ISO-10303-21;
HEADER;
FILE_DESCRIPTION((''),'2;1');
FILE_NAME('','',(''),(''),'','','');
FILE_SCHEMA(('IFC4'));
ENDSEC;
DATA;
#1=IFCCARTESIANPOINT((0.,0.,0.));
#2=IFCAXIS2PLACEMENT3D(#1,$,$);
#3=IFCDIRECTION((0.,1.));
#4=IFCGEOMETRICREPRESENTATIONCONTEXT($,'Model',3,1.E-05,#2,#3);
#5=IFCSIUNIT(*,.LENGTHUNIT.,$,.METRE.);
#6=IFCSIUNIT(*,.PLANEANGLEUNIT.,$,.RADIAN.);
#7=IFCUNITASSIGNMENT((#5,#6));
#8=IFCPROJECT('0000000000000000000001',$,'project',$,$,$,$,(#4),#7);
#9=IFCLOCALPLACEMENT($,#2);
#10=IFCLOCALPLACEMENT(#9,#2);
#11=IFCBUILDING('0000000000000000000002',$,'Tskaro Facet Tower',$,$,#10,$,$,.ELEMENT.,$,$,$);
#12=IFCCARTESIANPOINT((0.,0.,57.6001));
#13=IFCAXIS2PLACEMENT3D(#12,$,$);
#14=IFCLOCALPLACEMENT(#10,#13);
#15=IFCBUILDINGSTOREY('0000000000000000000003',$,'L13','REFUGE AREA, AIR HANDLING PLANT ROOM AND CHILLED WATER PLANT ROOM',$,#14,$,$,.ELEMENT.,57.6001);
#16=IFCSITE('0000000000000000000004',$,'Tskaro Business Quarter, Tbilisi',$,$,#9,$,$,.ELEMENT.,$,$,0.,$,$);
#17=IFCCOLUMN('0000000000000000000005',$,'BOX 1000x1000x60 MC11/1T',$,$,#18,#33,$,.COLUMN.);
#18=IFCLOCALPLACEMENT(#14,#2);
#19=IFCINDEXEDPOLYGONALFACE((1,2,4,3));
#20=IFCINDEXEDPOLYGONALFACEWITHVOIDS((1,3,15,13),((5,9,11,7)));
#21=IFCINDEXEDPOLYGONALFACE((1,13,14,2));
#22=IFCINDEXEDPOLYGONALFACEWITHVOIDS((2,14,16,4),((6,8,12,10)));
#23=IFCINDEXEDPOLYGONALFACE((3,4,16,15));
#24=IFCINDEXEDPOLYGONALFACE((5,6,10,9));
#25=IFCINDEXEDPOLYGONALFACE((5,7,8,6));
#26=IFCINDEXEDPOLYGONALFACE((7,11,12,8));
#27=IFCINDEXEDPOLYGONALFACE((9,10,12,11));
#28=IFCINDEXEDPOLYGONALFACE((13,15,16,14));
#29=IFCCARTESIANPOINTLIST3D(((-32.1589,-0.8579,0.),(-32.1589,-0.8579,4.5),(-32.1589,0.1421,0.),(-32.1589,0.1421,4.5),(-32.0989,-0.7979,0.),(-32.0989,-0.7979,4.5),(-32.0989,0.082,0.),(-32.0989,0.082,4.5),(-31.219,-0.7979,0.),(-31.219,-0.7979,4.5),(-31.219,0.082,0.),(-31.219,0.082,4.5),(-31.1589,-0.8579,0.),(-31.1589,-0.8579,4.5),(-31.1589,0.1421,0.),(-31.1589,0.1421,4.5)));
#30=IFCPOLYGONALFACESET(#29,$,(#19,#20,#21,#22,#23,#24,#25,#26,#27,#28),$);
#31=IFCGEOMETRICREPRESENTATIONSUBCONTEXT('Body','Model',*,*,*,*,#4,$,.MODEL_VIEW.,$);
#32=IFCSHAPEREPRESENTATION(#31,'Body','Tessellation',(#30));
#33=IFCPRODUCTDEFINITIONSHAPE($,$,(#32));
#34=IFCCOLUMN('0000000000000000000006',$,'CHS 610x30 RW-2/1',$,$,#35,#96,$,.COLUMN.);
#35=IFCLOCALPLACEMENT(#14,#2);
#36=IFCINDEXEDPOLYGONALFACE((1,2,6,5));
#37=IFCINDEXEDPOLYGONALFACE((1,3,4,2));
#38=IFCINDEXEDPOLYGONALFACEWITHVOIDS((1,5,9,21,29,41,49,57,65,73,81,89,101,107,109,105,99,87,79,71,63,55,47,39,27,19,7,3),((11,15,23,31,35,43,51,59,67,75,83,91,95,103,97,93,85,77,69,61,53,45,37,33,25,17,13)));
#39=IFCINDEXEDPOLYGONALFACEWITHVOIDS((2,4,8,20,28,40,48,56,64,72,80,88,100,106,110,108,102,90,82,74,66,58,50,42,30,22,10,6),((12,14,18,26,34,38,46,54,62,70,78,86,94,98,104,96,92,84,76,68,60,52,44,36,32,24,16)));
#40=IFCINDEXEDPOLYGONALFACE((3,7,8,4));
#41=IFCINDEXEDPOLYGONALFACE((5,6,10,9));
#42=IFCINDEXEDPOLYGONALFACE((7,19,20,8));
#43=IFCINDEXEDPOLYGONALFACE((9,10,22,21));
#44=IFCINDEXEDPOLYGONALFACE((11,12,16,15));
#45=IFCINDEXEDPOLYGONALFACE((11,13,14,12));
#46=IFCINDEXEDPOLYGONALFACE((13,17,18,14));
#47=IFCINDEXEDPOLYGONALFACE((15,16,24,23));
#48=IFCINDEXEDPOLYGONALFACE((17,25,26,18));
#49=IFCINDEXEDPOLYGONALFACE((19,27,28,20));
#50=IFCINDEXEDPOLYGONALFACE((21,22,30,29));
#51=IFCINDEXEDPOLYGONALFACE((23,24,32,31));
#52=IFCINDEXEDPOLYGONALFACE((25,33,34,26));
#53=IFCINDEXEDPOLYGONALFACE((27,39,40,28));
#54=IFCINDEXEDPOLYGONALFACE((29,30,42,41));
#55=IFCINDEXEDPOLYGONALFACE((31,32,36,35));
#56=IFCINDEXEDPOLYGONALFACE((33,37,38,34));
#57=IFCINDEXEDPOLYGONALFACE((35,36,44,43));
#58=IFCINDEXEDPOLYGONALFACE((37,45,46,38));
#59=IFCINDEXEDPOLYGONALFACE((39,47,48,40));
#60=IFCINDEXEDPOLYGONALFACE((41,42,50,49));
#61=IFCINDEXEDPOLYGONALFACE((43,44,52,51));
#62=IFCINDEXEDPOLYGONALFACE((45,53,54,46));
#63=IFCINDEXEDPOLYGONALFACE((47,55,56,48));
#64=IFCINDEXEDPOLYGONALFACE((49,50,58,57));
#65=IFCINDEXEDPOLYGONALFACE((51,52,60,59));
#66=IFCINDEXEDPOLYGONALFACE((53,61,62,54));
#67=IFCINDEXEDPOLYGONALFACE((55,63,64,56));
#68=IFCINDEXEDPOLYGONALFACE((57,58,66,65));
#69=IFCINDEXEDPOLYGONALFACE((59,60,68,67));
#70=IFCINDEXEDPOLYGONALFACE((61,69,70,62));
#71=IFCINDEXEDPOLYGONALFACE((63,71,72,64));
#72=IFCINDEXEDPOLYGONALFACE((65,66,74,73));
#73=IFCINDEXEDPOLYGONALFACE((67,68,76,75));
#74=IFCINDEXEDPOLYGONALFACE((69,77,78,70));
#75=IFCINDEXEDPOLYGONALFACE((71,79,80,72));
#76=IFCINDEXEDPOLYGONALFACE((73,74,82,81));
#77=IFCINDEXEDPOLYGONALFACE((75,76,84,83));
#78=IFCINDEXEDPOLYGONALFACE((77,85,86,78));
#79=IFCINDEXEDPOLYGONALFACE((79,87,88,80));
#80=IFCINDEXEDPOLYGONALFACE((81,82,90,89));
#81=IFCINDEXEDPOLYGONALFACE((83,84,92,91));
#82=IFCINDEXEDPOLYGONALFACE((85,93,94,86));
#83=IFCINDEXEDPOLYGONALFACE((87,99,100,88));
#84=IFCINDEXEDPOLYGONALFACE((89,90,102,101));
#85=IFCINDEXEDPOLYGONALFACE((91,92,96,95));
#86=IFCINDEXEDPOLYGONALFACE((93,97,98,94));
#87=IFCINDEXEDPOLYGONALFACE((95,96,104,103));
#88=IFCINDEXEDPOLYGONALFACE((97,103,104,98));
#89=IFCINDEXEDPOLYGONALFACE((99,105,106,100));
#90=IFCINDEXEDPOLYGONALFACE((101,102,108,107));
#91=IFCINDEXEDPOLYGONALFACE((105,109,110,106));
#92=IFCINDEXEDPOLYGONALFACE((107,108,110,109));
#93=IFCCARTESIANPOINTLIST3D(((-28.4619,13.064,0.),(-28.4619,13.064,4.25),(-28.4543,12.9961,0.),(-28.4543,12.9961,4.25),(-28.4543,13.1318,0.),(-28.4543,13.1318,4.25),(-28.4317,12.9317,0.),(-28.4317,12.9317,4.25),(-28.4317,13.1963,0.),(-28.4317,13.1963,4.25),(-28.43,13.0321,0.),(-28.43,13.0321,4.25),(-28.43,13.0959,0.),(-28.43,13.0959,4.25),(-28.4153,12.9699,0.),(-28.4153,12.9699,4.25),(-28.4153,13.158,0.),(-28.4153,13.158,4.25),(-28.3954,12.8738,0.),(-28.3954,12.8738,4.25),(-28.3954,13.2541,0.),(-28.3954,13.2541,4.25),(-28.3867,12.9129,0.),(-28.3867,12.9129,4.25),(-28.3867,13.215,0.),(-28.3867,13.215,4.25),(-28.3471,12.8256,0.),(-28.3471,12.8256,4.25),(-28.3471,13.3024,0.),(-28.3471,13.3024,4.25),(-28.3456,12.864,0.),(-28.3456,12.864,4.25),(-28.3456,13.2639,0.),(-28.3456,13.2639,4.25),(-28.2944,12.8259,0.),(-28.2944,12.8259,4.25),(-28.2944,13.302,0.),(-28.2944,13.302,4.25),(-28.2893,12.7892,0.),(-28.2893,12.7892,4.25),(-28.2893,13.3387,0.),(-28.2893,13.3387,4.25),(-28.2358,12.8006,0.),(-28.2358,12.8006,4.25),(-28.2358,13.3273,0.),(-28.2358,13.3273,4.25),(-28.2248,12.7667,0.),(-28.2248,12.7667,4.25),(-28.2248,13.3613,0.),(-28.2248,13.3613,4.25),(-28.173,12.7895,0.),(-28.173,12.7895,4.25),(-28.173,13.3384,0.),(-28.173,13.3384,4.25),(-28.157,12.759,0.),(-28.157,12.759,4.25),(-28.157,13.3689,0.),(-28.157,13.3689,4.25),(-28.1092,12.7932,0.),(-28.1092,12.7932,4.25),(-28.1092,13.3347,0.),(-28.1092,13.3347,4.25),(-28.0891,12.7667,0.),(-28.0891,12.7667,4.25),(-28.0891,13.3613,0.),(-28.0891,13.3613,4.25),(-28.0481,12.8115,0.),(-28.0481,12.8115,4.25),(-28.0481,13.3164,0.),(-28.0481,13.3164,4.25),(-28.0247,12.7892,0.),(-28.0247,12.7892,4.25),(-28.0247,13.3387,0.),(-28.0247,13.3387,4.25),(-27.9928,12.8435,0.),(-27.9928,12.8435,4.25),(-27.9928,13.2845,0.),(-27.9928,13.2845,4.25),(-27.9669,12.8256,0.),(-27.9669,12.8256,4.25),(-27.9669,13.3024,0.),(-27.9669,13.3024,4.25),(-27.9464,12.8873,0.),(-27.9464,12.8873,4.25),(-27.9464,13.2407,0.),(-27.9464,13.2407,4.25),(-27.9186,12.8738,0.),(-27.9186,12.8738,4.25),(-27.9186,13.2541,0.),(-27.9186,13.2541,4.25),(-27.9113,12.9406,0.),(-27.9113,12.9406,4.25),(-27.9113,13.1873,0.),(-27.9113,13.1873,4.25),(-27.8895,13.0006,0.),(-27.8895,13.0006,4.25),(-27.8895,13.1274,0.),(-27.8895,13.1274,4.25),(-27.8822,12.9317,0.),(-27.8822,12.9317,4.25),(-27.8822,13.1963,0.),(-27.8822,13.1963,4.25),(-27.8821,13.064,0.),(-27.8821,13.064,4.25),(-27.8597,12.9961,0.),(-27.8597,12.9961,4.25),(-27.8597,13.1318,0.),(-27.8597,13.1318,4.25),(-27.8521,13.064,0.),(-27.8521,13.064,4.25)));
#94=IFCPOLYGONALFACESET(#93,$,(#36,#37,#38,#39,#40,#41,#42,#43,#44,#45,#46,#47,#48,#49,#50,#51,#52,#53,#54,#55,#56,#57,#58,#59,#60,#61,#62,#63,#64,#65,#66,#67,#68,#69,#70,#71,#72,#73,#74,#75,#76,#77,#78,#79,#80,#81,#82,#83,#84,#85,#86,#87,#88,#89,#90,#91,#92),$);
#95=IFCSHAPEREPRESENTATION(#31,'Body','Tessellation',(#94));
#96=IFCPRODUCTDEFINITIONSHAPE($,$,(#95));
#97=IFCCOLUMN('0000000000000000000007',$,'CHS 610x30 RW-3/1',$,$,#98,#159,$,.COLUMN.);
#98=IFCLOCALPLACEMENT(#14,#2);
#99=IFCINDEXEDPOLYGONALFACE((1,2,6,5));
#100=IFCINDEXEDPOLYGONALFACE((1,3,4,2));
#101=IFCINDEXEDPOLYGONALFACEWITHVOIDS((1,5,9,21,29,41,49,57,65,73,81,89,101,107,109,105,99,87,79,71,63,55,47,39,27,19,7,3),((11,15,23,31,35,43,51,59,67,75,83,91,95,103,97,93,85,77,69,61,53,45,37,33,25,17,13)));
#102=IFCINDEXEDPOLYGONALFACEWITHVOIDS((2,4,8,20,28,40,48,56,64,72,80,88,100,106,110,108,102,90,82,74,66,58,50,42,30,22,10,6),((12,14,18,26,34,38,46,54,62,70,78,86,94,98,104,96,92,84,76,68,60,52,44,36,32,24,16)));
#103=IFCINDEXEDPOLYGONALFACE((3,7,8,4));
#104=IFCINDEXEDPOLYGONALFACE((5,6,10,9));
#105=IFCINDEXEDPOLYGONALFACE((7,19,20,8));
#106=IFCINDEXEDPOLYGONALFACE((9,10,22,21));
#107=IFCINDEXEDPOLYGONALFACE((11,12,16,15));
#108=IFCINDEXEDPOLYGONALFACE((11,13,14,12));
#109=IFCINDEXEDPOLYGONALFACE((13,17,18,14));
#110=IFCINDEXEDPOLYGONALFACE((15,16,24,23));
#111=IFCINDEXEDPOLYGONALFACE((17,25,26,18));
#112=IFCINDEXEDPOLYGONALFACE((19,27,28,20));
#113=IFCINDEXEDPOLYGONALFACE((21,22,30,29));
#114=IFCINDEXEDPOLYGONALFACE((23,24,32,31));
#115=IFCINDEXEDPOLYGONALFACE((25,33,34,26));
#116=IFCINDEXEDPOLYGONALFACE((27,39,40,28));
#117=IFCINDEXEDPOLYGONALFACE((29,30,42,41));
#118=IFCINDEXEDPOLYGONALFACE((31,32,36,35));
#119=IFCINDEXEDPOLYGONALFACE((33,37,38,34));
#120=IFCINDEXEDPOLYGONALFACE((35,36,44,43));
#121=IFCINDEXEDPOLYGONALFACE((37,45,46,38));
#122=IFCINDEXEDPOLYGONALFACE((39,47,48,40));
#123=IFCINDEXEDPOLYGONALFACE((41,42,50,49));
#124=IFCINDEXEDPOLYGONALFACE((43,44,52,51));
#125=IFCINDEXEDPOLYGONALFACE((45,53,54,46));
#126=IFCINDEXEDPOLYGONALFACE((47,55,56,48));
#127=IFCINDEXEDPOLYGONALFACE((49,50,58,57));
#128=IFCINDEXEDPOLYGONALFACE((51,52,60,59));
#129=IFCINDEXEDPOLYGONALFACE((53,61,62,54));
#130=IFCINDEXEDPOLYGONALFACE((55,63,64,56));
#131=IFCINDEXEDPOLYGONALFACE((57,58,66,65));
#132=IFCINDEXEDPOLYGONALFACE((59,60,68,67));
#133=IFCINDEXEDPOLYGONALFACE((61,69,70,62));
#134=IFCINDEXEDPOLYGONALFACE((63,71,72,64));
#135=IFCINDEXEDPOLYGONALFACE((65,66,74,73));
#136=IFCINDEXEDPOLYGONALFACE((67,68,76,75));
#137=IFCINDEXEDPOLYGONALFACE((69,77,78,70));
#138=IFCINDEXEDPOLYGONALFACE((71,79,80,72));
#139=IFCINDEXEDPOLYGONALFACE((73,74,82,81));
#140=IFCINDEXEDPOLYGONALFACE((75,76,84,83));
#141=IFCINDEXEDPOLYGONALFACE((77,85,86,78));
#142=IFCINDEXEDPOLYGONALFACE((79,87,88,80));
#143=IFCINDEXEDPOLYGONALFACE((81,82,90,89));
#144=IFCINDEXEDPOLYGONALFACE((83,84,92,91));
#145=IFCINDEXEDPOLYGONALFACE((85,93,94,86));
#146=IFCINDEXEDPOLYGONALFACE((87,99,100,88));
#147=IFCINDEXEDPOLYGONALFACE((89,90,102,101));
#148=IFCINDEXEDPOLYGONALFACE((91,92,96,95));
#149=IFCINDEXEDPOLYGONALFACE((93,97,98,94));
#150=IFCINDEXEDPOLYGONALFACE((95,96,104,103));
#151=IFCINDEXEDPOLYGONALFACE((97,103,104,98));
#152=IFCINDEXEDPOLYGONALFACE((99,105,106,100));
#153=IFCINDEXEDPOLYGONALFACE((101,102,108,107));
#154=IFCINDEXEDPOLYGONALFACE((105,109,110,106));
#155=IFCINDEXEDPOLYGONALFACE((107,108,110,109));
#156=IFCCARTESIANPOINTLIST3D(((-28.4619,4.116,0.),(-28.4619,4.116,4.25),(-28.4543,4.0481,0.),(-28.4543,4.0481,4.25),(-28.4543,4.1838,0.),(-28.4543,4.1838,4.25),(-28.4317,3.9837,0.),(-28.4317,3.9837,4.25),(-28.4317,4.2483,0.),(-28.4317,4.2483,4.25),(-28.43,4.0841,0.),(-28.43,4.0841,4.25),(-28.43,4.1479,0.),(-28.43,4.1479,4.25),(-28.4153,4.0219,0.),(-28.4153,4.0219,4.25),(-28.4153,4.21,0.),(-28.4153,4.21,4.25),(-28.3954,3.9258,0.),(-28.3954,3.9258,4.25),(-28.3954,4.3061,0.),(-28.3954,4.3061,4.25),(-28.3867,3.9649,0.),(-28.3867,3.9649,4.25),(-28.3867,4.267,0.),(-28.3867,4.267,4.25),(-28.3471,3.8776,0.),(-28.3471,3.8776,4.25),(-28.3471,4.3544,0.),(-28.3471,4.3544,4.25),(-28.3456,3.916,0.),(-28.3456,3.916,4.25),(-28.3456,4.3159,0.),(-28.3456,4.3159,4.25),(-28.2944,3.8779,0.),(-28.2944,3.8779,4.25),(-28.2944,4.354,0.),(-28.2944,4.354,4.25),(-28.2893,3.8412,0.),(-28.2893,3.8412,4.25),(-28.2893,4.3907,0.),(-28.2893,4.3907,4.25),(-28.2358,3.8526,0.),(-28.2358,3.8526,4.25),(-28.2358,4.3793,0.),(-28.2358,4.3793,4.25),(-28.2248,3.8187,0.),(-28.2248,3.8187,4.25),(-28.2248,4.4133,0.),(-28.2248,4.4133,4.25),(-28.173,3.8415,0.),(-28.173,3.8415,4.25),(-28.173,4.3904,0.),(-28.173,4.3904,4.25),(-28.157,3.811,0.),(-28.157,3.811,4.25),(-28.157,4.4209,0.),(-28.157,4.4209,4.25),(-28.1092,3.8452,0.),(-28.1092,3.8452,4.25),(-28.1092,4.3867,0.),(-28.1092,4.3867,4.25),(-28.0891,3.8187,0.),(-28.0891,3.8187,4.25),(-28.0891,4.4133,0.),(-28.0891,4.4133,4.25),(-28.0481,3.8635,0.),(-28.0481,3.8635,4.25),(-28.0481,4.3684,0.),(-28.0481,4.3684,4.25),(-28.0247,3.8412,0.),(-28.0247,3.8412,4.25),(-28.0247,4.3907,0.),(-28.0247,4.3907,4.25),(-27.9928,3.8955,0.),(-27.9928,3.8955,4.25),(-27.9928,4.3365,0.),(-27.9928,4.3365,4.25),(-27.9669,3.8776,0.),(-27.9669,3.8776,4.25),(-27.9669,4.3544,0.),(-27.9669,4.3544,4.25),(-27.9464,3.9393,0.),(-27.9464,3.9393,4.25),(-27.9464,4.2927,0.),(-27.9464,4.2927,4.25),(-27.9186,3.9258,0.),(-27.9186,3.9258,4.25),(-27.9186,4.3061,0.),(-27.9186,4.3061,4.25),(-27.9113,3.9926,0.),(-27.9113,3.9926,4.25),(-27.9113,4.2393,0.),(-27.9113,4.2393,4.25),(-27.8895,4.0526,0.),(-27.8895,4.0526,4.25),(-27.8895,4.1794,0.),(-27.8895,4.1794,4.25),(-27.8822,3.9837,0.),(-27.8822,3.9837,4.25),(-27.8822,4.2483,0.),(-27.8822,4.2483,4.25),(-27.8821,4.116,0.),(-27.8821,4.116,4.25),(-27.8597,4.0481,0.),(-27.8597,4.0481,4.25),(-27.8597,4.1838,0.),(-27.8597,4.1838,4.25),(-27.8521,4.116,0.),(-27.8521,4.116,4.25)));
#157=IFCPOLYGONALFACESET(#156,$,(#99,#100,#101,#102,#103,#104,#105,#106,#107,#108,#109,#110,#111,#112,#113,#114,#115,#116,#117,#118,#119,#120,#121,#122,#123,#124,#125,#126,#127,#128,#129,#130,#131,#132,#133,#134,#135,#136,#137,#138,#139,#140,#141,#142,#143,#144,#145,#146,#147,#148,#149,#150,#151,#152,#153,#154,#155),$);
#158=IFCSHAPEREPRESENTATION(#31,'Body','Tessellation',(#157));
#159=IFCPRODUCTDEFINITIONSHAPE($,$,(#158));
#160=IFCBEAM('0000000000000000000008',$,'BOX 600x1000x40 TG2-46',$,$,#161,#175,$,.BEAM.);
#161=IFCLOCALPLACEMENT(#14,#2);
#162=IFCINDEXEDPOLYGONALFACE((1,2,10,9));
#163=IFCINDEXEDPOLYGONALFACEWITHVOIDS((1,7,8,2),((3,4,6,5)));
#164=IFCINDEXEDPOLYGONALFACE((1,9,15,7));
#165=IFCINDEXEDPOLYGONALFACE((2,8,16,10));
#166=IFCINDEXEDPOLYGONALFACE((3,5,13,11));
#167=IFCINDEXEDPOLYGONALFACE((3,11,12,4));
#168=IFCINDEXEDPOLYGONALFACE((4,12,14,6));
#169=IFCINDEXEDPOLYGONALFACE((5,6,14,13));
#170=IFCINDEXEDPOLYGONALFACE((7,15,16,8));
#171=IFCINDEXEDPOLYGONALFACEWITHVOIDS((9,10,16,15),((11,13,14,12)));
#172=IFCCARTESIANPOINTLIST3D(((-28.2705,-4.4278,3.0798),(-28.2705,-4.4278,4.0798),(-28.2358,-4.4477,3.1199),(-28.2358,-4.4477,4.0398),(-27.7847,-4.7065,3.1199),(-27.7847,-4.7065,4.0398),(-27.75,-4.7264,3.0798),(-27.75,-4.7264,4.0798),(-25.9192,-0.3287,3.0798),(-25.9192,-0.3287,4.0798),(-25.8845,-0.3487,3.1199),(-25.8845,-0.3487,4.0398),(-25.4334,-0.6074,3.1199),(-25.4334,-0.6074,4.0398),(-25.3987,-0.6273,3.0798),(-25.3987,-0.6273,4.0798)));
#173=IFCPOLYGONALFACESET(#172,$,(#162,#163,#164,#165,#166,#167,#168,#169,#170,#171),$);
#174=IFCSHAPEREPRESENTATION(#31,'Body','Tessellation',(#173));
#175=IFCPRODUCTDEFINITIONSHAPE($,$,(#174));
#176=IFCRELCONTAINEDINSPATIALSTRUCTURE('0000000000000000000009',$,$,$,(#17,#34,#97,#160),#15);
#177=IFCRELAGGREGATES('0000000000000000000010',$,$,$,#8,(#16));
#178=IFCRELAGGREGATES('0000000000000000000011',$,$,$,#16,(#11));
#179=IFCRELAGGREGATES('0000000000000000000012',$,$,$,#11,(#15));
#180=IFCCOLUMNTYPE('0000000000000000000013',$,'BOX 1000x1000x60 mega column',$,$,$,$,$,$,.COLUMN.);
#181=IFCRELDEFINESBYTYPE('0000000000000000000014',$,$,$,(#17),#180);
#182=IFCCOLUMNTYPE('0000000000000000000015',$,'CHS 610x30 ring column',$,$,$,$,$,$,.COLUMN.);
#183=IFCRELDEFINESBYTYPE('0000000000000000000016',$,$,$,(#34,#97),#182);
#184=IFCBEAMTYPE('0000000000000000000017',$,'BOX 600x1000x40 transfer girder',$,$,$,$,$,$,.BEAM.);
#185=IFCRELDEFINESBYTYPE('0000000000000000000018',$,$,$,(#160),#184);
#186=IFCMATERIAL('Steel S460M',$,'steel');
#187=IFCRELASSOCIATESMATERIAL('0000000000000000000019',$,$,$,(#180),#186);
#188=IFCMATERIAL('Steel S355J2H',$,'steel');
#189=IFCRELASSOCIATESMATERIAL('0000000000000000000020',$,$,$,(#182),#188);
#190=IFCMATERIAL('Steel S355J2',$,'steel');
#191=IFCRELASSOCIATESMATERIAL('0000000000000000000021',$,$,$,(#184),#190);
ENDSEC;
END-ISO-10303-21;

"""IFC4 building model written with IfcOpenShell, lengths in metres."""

from ifc_helpers import new_model, si_unit, direction, frame, origin, origin_2d, place, context, subcontext, project, spatial, hollow_rectangle, hollow_circle, extrude, material, material_profile, profile_set, type_object, element, save


model = new_model("IFC4")

# Units and contexts
model_context = context("Model", 3, precision=1e-05, world=origin(), true_north=direction((0.0, 1.0)))
body_context = subcontext(model_context, "Body", "Model", "MODEL_VIEW")
ifc_project = project(units=[si_unit("LENGTHUNIT", "METRE"), si_unit("PLANEANGLEUNIT", "RADIAN")], contexts=[model_context])

# Site, building, storey
site_placement = place(None, origin())
site = spatial("IfcSite", under=ifc_project, at=site_placement, Name="Tskaro Business Quarter, Tbilisi", CompositionType="ELEMENT", RefElevation=0.0)
building_placement = place(site_placement, origin())
building = spatial("IfcBuilding", under=site, at=building_placement, Name="Tskaro Facet Tower", CompositionType="ELEMENT")
storey_placement = place(building_placement, frame((0.0, 0.0, 57.6001)))
storey = spatial("IfcBuildingStorey", under=building, at=storey_placement, Name="L13", Description="REFUGE AREA, AIR HANDLING PLANT ROOM AND CHILLED WATER PLANT ROOM", CompositionType="ELEMENT", Elevation=57.6001)

# Columns
ifc_material_1 = material(Name="Steel S460M", Category="steel")
ifc_material_profile_1 = material_profile(ifc_material_1, hollow_rectangle(XDim=1.0, YDim=1.0, WallThickness=0.0601, at=origin_2d()), Name="BOX 1000x1000x60")
ifc_profile_set_1 = profile_set([ifc_material_profile_1], Name="Steel S460M")
column_type_1 = type_object("IfcColumnType", Name="BOX 1000x1000x60 mega column", PredefinedType="COLUMN", material=ifc_profile_set_1)
column_placement = place(storey_placement, frame((-31.6589, -0.3579, 0.0), z_axis=(0.0, 0.0, 1.0), x_axis=(1.0, 0.0, 0.0)))
element("IfcColumn", 1, at=column_placement, inside=storey, type_object=column_type_1, Name="BOX 1000x1000x60 MC11/1T", PredefinedType="COLUMN", context=body_context, shape_type="SweptSolid", body=[
    extrude(hollow_rectangle(XDim=1.0, YDim=1.0, WallThickness=0.0601, at=origin_2d()), origin(), (0.0, 0.0, 1.0), 4.5),
])
ifc_material_2 = material(Name="Steel S355J2H", Category="steel")
ifc_material_profile_2 = material_profile(ifc_material_2, hollow_circle(Radius=0.3049, WallThickness=0.03, at=origin_2d()), Name="CHS 610x30")
ifc_profile_set_2 = profile_set([ifc_material_profile_2], Name="Steel S355J2H")
column_type_2 = type_object("IfcColumnType", Name="CHS 610x30 ring column", PredefinedType="COLUMN", material=ifc_profile_set_2)
for number, where, z_axis, x_axis, name in (
    (2, (-28.157, 13.064, 0.0), (0.0, 0.0, 1.0), (1.0, 0.0, 0.0), "CHS 610x30 RW-2/1"),
    (3, (-28.157, 4.116, 0.0), (0.0, 0.0, 1.0), (1.0, 0.0, 0.0), "CHS 610x30 RW-3/1"),
):
    element("IfcColumn", number, at=place(storey_placement, frame(where, z_axis=z_axis, x_axis=x_axis)), inside=storey, type_object=column_type_2, Name=name, PredefinedType="COLUMN", context=body_context, shape_type="SweptSolid", body=[
        extrude(hollow_circle(Radius=0.3049, WallThickness=0.03, at=origin_2d()), origin(), (0.0, 0.0, 1.0), 4.25),
    ])

# Beam
ifc_material_3 = material(Name="Steel S355J2", Category="steel")
ifc_material_profile_3 = material_profile(ifc_material_3, hollow_rectangle(XDim=0.6001, YDim=1.0, WallThickness=0.04, at=origin_2d()), Name="BOX 600x1000x40")
ifc_profile_set_3 = profile_set([ifc_material_profile_3], Name="Steel S355J2")
beam_type_1 = type_object("IfcBeamType", Name="BOX 600x1000x40 transfer girder", PredefinedType="BEAM", material=ifc_profile_set_3)
beam_1_placement = place(storey_placement, frame((-25.6589, -0.478, 3.5798), z_axis=(-0.497568, -0.867425, 0.0), x_axis=(0.867425, -0.497568, 0.0)))
element("IfcBeam", 4, at=beam_1_placement, inside=storey, type_object=beam_type_1, Name="BOX 600x1000x40 TG2-46", PredefinedType="BEAM", context=body_context, shape_type="SweptSolid", body=[
    extrude(hollow_rectangle(XDim=0.6001, YDim=1.0, WallThickness=0.04, at=origin_2d()), origin(), (0.0, 0.0, 1.0), 4.7256),
])

save(model, "model.ifc")
